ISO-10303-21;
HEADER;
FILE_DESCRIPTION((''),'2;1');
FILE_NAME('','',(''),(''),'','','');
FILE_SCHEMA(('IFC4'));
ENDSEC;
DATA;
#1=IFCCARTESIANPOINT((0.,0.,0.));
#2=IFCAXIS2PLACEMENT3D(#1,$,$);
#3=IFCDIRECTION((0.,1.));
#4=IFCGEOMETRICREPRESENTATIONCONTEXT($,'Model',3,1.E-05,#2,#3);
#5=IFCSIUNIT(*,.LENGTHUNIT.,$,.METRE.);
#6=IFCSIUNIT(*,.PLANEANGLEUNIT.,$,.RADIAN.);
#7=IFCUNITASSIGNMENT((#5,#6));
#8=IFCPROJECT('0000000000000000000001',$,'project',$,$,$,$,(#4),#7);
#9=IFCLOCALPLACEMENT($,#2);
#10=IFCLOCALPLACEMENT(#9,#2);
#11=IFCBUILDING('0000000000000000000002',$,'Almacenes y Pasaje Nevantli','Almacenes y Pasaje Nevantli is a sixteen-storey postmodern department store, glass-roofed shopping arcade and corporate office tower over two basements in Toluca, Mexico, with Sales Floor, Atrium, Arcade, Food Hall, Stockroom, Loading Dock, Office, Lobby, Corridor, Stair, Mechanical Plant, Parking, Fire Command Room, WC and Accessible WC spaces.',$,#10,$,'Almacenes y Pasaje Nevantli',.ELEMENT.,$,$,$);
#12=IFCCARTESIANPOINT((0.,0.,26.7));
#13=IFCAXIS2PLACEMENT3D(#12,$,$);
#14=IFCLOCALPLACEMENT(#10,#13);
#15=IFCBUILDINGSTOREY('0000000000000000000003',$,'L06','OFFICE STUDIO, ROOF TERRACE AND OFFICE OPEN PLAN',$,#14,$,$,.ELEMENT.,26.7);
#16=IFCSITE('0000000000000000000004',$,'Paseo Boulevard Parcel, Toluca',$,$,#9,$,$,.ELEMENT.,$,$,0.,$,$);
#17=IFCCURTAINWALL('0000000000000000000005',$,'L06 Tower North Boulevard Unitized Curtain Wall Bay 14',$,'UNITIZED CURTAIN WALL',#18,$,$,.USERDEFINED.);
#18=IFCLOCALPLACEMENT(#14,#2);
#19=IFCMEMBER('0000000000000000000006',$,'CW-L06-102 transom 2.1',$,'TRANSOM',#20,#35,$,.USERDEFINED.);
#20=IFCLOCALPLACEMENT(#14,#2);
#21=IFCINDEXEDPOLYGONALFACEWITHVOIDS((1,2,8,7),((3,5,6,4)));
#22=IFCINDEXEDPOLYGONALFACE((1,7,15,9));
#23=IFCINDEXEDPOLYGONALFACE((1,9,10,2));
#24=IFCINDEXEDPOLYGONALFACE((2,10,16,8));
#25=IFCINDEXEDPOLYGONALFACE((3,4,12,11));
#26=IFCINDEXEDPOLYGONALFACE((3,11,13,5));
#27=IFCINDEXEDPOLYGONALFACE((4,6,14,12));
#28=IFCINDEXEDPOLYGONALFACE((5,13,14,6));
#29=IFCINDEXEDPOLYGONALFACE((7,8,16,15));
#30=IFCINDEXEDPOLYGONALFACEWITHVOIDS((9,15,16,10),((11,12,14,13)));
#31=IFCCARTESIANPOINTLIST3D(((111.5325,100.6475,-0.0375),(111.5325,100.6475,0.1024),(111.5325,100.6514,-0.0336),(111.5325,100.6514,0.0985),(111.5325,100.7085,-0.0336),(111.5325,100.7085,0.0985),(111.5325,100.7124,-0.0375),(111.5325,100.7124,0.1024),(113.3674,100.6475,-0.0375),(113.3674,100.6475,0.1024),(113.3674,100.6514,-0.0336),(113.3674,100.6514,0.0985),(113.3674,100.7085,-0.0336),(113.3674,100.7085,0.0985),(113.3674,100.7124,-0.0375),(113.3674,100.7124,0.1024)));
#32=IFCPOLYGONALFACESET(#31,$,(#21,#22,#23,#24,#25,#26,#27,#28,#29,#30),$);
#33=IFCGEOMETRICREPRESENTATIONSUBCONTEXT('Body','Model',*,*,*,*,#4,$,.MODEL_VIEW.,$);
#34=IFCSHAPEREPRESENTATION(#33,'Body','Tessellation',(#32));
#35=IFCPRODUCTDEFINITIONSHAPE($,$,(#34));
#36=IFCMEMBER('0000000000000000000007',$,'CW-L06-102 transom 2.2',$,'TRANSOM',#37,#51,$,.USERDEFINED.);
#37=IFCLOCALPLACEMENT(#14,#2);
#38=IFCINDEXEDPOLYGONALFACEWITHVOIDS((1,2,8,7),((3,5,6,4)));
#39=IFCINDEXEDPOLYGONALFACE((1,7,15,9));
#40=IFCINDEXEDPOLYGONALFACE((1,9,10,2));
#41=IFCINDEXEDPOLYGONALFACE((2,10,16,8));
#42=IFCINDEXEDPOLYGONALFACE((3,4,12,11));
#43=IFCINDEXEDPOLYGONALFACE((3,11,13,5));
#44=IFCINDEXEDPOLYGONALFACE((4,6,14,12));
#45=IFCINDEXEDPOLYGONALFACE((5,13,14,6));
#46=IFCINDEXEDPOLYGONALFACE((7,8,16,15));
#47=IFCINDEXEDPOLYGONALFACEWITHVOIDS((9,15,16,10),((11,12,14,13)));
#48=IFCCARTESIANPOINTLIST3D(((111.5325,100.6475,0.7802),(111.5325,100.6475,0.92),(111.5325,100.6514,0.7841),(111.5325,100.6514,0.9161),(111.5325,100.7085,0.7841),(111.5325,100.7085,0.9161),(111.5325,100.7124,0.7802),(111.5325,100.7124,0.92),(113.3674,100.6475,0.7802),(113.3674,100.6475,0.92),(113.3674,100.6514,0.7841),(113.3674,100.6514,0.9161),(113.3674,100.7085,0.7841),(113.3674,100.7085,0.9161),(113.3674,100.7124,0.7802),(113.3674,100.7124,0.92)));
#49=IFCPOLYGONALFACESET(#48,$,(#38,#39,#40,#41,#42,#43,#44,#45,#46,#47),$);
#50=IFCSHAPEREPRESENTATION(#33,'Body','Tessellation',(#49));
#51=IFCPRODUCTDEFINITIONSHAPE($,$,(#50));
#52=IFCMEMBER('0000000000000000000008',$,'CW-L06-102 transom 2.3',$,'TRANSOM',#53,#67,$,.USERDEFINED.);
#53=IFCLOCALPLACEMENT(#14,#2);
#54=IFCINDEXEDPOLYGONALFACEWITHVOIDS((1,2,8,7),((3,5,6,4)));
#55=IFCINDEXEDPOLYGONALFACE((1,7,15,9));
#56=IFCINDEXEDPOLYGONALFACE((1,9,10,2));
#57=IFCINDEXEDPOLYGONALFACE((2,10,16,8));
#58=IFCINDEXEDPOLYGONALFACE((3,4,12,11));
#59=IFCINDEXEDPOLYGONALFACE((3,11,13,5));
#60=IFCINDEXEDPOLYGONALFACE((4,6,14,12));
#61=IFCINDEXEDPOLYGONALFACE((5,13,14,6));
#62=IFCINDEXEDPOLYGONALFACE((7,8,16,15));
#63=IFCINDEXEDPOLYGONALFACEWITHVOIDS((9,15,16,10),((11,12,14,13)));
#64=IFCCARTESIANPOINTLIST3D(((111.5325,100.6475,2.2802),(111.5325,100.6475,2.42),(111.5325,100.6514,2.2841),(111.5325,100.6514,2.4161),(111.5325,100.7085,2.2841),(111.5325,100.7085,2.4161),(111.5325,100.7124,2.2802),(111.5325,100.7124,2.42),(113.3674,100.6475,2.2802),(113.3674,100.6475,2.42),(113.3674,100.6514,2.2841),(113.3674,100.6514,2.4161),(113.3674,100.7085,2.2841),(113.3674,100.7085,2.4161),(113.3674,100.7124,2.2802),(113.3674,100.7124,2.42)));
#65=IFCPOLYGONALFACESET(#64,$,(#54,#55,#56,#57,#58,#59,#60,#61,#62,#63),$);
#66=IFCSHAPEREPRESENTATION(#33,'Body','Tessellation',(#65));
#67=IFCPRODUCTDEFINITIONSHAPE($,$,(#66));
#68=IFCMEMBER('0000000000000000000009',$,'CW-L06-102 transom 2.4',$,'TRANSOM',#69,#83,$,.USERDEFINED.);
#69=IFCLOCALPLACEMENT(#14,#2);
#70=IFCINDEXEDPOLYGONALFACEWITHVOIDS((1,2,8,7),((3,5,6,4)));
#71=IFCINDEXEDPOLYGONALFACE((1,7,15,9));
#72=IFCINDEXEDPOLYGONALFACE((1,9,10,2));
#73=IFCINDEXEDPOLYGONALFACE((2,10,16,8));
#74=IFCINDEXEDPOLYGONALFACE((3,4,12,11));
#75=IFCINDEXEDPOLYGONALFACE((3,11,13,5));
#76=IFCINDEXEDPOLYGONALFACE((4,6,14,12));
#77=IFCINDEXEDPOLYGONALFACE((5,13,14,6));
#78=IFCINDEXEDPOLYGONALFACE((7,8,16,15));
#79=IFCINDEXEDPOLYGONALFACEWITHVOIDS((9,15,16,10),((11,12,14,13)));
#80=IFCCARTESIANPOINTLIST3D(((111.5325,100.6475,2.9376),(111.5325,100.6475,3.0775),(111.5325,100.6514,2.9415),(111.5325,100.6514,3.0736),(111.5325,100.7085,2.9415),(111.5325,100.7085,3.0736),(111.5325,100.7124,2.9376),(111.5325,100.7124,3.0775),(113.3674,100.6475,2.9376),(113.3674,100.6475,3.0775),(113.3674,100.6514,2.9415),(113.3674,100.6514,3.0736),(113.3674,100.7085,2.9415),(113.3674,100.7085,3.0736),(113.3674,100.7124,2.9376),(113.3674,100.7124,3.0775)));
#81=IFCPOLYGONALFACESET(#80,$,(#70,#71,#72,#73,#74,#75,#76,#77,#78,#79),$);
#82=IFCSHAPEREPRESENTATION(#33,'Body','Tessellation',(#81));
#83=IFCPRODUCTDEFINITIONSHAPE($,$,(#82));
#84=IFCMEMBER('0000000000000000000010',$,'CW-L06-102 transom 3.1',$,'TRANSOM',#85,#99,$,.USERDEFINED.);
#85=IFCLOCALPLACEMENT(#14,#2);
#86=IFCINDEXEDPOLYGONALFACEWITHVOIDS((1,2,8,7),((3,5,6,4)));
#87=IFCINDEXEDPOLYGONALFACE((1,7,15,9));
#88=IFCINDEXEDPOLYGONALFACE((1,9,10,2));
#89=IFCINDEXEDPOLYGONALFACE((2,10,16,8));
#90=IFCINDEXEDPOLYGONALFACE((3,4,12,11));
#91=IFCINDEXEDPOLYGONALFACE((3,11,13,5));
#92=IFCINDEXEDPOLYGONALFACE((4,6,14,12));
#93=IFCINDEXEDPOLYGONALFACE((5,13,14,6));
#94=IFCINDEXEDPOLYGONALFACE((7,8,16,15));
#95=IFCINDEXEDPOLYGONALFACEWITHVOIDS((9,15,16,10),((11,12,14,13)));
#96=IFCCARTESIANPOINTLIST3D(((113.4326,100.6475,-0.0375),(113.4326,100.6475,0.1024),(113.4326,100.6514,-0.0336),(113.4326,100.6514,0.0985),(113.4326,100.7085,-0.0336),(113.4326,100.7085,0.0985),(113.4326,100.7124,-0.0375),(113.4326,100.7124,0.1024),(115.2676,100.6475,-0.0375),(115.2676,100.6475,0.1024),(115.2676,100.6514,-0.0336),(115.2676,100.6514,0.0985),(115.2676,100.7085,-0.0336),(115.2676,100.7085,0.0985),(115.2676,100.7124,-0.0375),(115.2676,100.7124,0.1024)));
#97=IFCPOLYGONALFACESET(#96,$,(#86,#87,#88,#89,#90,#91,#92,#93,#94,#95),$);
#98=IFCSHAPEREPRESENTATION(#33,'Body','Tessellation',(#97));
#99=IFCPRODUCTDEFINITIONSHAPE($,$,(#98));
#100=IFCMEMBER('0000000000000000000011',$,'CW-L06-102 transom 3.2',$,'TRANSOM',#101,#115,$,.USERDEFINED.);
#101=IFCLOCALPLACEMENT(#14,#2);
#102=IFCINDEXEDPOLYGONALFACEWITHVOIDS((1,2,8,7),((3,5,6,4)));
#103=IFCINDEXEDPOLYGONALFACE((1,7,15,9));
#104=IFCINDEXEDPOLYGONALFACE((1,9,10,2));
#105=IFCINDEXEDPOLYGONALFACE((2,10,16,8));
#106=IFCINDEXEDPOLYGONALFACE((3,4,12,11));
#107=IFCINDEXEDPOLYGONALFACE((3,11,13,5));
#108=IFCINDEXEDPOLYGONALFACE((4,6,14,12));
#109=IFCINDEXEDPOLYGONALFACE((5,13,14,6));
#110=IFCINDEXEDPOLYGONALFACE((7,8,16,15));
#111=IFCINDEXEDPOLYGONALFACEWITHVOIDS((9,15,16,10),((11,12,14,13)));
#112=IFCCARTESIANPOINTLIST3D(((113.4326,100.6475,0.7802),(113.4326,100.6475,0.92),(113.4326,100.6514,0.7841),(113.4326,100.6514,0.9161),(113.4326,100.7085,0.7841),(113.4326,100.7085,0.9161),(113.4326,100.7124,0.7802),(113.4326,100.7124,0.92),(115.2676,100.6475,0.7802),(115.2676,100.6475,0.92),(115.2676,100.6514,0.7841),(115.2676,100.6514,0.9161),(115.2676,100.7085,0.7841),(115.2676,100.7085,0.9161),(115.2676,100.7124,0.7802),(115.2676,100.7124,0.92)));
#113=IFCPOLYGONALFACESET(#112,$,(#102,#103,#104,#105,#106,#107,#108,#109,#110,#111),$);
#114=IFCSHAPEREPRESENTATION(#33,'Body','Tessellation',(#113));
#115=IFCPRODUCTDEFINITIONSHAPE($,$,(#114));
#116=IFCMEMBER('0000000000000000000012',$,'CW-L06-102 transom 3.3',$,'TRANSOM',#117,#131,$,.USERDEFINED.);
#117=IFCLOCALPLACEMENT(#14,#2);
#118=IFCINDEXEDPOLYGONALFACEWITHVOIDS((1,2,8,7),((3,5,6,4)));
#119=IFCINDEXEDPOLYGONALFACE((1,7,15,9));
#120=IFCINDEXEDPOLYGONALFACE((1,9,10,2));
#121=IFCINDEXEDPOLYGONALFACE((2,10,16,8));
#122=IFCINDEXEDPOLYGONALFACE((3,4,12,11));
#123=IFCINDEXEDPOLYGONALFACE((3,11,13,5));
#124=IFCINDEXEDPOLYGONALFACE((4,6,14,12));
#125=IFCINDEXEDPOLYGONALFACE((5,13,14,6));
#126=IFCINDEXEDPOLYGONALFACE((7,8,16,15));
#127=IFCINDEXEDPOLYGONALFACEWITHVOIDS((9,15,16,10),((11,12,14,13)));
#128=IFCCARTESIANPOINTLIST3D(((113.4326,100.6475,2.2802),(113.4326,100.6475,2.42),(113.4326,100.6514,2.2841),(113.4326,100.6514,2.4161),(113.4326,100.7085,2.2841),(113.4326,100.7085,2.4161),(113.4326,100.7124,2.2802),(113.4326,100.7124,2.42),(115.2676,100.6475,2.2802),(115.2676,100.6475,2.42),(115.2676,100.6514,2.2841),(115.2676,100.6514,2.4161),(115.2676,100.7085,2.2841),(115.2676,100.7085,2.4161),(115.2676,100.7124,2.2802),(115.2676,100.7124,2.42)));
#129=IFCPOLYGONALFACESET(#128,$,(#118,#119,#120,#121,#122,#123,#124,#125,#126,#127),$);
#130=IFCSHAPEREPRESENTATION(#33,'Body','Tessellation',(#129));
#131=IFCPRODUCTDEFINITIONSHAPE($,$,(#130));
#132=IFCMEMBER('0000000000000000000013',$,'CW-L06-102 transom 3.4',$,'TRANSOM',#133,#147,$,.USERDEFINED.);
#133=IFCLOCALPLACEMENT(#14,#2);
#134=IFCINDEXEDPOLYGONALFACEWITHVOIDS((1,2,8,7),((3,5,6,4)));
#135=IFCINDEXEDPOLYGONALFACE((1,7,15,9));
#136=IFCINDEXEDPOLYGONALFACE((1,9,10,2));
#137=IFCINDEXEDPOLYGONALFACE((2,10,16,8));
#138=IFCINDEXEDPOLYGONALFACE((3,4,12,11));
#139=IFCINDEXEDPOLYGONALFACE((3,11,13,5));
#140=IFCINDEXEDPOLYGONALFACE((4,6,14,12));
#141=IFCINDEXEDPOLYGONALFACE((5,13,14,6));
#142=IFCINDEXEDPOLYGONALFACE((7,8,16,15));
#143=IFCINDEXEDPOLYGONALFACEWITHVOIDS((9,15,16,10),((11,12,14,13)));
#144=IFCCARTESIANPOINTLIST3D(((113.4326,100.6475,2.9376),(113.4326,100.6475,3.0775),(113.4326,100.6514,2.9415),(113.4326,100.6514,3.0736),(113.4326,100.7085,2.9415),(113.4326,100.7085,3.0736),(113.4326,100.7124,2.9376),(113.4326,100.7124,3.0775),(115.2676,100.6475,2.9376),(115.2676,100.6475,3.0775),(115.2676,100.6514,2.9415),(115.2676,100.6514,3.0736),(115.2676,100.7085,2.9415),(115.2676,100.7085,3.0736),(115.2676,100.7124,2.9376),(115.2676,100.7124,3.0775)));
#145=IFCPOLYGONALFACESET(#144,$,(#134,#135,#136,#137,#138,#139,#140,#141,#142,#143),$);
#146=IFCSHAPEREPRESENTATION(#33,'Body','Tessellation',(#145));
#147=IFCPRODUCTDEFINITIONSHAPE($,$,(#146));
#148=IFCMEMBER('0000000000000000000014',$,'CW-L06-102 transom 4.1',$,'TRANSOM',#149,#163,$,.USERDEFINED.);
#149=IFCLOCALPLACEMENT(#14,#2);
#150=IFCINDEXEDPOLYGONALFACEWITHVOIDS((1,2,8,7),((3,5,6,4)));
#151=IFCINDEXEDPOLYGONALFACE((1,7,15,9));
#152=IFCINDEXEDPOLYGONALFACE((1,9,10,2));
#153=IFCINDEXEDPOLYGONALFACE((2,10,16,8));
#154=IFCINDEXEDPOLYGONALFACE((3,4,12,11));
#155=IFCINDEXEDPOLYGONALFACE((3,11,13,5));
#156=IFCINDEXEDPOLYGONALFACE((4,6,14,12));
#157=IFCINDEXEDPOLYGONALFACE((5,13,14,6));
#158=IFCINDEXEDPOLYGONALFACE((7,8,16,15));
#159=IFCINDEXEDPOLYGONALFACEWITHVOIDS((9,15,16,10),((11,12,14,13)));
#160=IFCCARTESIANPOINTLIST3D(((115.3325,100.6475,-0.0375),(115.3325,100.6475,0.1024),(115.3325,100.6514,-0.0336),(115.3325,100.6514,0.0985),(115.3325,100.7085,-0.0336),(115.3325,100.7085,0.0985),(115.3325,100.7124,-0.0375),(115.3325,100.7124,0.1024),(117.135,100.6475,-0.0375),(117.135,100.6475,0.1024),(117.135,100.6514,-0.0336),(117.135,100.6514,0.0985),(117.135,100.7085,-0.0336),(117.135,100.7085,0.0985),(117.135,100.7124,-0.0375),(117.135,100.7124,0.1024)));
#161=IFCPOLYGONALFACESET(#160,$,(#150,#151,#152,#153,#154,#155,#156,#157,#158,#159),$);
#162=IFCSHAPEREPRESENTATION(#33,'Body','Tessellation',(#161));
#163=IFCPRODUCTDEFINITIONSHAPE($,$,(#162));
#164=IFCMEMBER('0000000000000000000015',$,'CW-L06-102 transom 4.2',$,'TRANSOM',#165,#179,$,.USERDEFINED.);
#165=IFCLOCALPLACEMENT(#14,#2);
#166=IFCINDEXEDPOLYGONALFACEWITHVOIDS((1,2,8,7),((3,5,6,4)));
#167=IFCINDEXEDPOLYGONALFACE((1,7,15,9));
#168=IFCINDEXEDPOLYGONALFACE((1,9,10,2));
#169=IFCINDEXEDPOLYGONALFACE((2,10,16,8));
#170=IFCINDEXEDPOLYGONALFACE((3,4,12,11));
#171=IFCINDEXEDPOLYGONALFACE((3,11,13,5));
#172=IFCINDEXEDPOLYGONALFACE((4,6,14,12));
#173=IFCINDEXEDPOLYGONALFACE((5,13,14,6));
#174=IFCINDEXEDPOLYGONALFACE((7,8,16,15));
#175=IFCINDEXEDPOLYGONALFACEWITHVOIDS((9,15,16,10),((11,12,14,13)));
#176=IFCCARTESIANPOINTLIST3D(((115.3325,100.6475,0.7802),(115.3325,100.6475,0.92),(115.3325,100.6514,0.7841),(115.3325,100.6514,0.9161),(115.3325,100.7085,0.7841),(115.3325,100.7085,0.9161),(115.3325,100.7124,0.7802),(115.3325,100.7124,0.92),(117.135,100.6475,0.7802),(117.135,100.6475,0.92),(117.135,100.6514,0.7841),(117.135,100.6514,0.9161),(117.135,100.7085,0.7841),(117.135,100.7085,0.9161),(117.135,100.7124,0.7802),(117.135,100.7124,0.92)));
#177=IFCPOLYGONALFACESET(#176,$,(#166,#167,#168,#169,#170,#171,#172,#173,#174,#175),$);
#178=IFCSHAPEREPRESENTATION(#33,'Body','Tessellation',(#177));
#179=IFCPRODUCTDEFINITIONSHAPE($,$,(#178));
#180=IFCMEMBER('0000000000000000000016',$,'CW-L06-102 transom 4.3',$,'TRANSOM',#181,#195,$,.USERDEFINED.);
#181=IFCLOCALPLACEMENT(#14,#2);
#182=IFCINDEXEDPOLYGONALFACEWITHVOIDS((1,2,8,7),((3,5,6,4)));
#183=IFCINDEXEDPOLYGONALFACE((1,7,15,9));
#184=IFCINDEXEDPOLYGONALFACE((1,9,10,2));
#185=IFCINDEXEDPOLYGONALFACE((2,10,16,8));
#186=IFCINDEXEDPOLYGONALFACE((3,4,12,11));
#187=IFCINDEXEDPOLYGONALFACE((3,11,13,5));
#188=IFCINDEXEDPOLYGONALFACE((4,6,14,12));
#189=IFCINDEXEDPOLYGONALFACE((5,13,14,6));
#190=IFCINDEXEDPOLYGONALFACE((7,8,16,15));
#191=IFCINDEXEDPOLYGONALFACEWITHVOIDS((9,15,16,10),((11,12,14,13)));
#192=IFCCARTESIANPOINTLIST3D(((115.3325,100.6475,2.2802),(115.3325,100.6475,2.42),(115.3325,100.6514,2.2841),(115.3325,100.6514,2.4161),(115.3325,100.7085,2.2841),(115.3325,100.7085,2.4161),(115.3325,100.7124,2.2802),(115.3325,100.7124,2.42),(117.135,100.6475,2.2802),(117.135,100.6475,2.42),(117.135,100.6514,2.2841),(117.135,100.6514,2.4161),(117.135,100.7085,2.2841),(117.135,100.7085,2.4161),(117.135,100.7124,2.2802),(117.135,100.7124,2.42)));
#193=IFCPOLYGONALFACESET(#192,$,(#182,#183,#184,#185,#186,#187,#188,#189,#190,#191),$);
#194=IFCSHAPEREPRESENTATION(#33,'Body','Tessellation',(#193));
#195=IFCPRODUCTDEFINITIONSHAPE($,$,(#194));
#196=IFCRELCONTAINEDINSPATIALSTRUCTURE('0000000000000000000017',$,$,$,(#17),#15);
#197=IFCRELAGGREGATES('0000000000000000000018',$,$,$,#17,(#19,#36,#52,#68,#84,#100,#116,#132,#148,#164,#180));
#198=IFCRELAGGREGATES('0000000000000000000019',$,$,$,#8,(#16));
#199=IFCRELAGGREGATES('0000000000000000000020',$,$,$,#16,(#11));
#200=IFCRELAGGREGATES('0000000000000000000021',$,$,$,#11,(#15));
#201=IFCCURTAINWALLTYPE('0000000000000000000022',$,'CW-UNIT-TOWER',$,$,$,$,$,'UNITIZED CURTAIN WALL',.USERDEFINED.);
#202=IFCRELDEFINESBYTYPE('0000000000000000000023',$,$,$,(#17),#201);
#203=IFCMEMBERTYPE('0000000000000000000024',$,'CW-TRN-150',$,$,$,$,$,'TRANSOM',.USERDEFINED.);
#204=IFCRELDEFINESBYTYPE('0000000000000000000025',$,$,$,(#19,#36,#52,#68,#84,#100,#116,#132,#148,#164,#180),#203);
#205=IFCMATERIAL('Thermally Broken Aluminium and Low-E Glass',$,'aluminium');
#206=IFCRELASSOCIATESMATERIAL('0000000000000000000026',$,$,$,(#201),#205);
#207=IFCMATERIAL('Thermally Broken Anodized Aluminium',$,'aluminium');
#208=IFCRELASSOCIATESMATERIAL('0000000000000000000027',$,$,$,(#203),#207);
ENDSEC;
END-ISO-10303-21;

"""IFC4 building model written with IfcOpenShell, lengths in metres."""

from ifc_helpers import new_model, si_unit, direction, frame, origin, origin_2d, place, context, subcontext, project, spatial, hollow_rectangle, extrude, material, material_profile, profile_set, type_object, element, aggregate, save


model = new_model("IFC4")

# Units and contexts
model_context = context("Model", 3, precision=1e-05, world=origin(), true_north=direction((0.0, 1.0)))
body_context = subcontext(model_context, "Body", "Model", "MODEL_VIEW")
ifc_project = project(units=[si_unit("LENGTHUNIT", "METRE"), si_unit("PLANEANGLEUNIT", "RADIAN")], contexts=[model_context])

# Site, building, storey
site_placement = place(None, origin())
site = spatial("IfcSite", under=ifc_project, at=site_placement, Name="Paseo Boulevard Parcel, Toluca", CompositionType="ELEMENT", RefElevation=0.0)
building_placement = place(site_placement, origin())
building = spatial("IfcBuilding", under=site, at=building_placement, Name="Almacenes y Pasaje Nevantli", Description="Almacenes y Pasaje Nevantli is a sixteen-storey postmodern department store, glass-roofed shopping arcade and corporate office tower over two basements in Toluca, Mexico, with Sales Floor, Atrium, Arcade, Food Hall, Stockroom, Loading Dock, Office, Lobby, Corridor, Stair, Mechanical Plant, Parking, Fire Command Room, WC and Accessible WC spaces.", LongName="Almacenes y Pasaje Nevantli", CompositionType="ELEMENT")
storey_placement = place(building_placement, frame((0.0, 0.0, 26.7)))
storey = spatial("IfcBuildingStorey", under=building, at=storey_placement, Name="L06", Description="OFFICE STUDIO, ROOF TERRACE AND OFFICE OPEN PLAN", CompositionType="ELEMENT", Elevation=26.7)

# Curtain wall, members
ifc_material_1 = material(Name="Thermally Broken Aluminium and Low-E Glass", Category="aluminium")
curtain_wall_type = type_object("IfcCurtainWallType", Name="CW-UNIT-TOWER", ElementType="UNITIZED CURTAIN WALL", PredefinedType="USERDEFINED", material=ifc_material_1)
curtain_wall_placement = place(storey_placement, origin())
curtain_wall = element("IfcCurtainWall", 1, at=curtain_wall_placement, inside=storey, type_object=curtain_wall_type, Name="L06 Tower North Boulevard Unitized Curtain Wall Bay 14", ObjectType="UNITIZED CURTAIN WALL", PredefinedType="USERDEFINED")
ifc_material_2 = material(Name="Thermally Broken Anodized Aluminium", Category="aluminium")
ifc_material_profile_1 = material_profile(ifc_material_2, hollow_rectangle(XDim=0.0649, YDim=0.1399, WallThickness=0.0039, at=origin_2d()), Name="ALU-TRN-65x140")
ifc_profile_set_1 = profile_set([ifc_material_profile_1], Name="Thermally Broken Anodized Aluminium")
member_type_1 = type_object("IfcMemberType", Name="CW-TRN-150", ElementType="TRANSOM", PredefinedType="USERDEFINED", material=ifc_profile_set_1)
member_1_placement = place(storey_placement, frame((111.5325, 100.6799, 0.0325), z_axis=(1.0, 0.0, 0.0), x_axis=(0.0, 1.0, 0.0)))
member_1 = element("IfcMember", 2, at=member_1_placement, type_object=member_type_1, Name="CW-L06-102 transom 2.1", ObjectType="TRANSOM", PredefinedType="USERDEFINED", context=body_context, shape_type="SweptSolid", body=[
    extrude(hollow_rectangle(XDim=0.0649, YDim=0.1399, WallThickness=0.0039, at=origin_2d()), origin(), (0.0, 0.0, 1.0), 1.835),
])
member_2_placement = place(storey_placement, frame((111.5325, 100.6799, 0.8501), z_axis=(1.0, 0.0, 0.0), x_axis=(0.0, 1.0, 0.0)))
member_2 = element("IfcMember", 3, at=member_2_placement, type_object=member_type_1, Name="CW-L06-102 transom 2.2", ObjectType="TRANSOM", PredefinedType="USERDEFINED", context=body_context, shape_type="SweptSolid", body=[
    extrude(hollow_rectangle(XDim=0.0649, YDim=0.1399, WallThickness=0.0039, at=origin_2d()), origin(), (0.0, 0.0, 1.0), 1.835),
])
member_3_placement = place(storey_placement, frame((111.5325, 100.6799, 2.3501), z_axis=(1.0, 0.0, 0.0), x_axis=(0.0, 1.0, 0.0)))
member_3 = element("IfcMember", 4, at=member_3_placement, type_object=member_type_1, Name="CW-L06-102 transom 2.3", ObjectType="TRANSOM", PredefinedType="USERDEFINED", context=body_context, shape_type="SweptSolid", body=[
    extrude(hollow_rectangle(XDim=0.0649, YDim=0.1399, WallThickness=0.0039, at=origin_2d()), origin(), (0.0, 0.0, 1.0), 1.835),
])
member_4_placement = place(storey_placement, frame((111.5325, 100.6799, 3.0076), z_axis=(1.0, 0.0, 0.0), x_axis=(0.0, 1.0, 0.0)))
member_4 = element("IfcMember", 5, at=member_4_placement, type_object=member_type_1, Name="CW-L06-102 transom 2.4", ObjectType="TRANSOM", PredefinedType="USERDEFINED", context=body_context, shape_type="SweptSolid", body=[
    extrude(hollow_rectangle(XDim=0.0649, YDim=0.1399, WallThickness=0.0039, at=origin_2d()), origin(), (0.0, 0.0, 1.0), 1.835),
])
member_5_placement = place(storey_placement, frame((113.4326, 100.6799, 0.0325), z_axis=(1.0, 0.0, 0.0), x_axis=(0.0, 1.0, 0.0)))
member_5 = element("IfcMember", 6, at=member_5_placement, type_object=member_type_1, Name="CW-L06-102 transom 3.1", ObjectType="TRANSOM", PredefinedType="USERDEFINED", context=body_context, shape_type="SweptSolid", body=[
    extrude(hollow_rectangle(XDim=0.0649, YDim=0.1399, WallThickness=0.0039, at=origin_2d()), origin(), (0.0, 0.0, 1.0), 1.835),
])
member_6_placement = place(storey_placement, frame((113.4326, 100.6799, 0.8501), z_axis=(1.0, 0.0, 0.0), x_axis=(0.0, 1.0, 0.0)))
member_6 = element("IfcMember", 7, at=member_6_placement, type_object=member_type_1, Name="CW-L06-102 transom 3.2", ObjectType="TRANSOM", PredefinedType="USERDEFINED", context=body_context, shape_type="SweptSolid", body=[
    extrude(hollow_rectangle(XDim=0.0649, YDim=0.1399, WallThickness=0.0039, at=origin_2d()), origin(), (0.0, 0.0, 1.0), 1.835),
])
member_7_placement = place(storey_placement, frame((113.4326, 100.6799, 2.3501), z_axis=(1.0, 0.0, 0.0), x_axis=(0.0, 1.0, 0.0)))
member_7 = element("IfcMember", 8, at=member_7_placement, type_object=member_type_1, Name="CW-L06-102 transom 3.3", ObjectType="TRANSOM", PredefinedType="USERDEFINED", context=body_context, shape_type="SweptSolid", body=[
    extrude(hollow_rectangle(XDim=0.0649, YDim=0.1399, WallThickness=0.0039, at=origin_2d()), origin(), (0.0, 0.0, 1.0), 1.835),
])
member_8_placement = place(storey_placement, frame((113.4326, 100.6799, 3.0076), z_axis=(1.0, 0.0, 0.0), x_axis=(0.0, 1.0, 0.0)))
member_8 = element("IfcMember", 9, at=member_8_placement, type_object=member_type_1, Name="CW-L06-102 transom 3.4", ObjectType="TRANSOM", PredefinedType="USERDEFINED", context=body_context, shape_type="SweptSolid", body=[
    extrude(hollow_rectangle(XDim=0.0649, YDim=0.1399, WallThickness=0.0039, at=origin_2d()), origin(), (0.0, 0.0, 1.0), 1.835),
])
member_9_placement = place(storey_placement, frame((115.3325, 100.6799, 0.0325), z_axis=(1.0, 0.0, 0.0), x_axis=(0.0, 1.0, 0.0)))
member_9 = element("IfcMember", 10, at=member_9_placement, type_object=member_type_1, Name="CW-L06-102 transom 4.1", ObjectType="TRANSOM", PredefinedType="USERDEFINED", context=body_context, shape_type="SweptSolid", body=[
    extrude(hollow_rectangle(XDim=0.0649, YDim=0.1399, WallThickness=0.0039, at=origin_2d()), origin(), (0.0, 0.0, 1.0), 1.8025),
])
member_10_placement = place(storey_placement, frame((115.3325, 100.6799, 0.8501), z_axis=(1.0, 0.0, 0.0), x_axis=(0.0, 1.0, 0.0)))
member_10 = element("IfcMember", 11, at=member_10_placement, type_object=member_type_1, Name="CW-L06-102 transom 4.2", ObjectType="TRANSOM", PredefinedType="USERDEFINED", context=body_context, shape_type="SweptSolid", body=[
    extrude(hollow_rectangle(XDim=0.0649, YDim=0.1399, WallThickness=0.0039, at=origin_2d()), origin(), (0.0, 0.0, 1.0), 1.8025),
])
member_11_placement = place(storey_placement, frame((115.3325, 100.6799, 2.3501), z_axis=(1.0, 0.0, 0.0), x_axis=(0.0, 1.0, 0.0)))
member_11 = element("IfcMember", 12, at=member_11_placement, type_object=member_type_1, Name="CW-L06-102 transom 4.3", ObjectType="TRANSOM", PredefinedType="USERDEFINED", context=body_context, shape_type="SweptSolid", body=[
    extrude(hollow_rectangle(XDim=0.0649, YDim=0.1399, WallThickness=0.0039, at=origin_2d()), origin(), (0.0, 0.0, 1.0), 1.8025),
])
aggregate(curtain_wall, [member_1, member_2, member_3, member_4, member_5, member_6, member_7, member_8, member_9, member_10, member_11])

save(model, "model.ifc")
